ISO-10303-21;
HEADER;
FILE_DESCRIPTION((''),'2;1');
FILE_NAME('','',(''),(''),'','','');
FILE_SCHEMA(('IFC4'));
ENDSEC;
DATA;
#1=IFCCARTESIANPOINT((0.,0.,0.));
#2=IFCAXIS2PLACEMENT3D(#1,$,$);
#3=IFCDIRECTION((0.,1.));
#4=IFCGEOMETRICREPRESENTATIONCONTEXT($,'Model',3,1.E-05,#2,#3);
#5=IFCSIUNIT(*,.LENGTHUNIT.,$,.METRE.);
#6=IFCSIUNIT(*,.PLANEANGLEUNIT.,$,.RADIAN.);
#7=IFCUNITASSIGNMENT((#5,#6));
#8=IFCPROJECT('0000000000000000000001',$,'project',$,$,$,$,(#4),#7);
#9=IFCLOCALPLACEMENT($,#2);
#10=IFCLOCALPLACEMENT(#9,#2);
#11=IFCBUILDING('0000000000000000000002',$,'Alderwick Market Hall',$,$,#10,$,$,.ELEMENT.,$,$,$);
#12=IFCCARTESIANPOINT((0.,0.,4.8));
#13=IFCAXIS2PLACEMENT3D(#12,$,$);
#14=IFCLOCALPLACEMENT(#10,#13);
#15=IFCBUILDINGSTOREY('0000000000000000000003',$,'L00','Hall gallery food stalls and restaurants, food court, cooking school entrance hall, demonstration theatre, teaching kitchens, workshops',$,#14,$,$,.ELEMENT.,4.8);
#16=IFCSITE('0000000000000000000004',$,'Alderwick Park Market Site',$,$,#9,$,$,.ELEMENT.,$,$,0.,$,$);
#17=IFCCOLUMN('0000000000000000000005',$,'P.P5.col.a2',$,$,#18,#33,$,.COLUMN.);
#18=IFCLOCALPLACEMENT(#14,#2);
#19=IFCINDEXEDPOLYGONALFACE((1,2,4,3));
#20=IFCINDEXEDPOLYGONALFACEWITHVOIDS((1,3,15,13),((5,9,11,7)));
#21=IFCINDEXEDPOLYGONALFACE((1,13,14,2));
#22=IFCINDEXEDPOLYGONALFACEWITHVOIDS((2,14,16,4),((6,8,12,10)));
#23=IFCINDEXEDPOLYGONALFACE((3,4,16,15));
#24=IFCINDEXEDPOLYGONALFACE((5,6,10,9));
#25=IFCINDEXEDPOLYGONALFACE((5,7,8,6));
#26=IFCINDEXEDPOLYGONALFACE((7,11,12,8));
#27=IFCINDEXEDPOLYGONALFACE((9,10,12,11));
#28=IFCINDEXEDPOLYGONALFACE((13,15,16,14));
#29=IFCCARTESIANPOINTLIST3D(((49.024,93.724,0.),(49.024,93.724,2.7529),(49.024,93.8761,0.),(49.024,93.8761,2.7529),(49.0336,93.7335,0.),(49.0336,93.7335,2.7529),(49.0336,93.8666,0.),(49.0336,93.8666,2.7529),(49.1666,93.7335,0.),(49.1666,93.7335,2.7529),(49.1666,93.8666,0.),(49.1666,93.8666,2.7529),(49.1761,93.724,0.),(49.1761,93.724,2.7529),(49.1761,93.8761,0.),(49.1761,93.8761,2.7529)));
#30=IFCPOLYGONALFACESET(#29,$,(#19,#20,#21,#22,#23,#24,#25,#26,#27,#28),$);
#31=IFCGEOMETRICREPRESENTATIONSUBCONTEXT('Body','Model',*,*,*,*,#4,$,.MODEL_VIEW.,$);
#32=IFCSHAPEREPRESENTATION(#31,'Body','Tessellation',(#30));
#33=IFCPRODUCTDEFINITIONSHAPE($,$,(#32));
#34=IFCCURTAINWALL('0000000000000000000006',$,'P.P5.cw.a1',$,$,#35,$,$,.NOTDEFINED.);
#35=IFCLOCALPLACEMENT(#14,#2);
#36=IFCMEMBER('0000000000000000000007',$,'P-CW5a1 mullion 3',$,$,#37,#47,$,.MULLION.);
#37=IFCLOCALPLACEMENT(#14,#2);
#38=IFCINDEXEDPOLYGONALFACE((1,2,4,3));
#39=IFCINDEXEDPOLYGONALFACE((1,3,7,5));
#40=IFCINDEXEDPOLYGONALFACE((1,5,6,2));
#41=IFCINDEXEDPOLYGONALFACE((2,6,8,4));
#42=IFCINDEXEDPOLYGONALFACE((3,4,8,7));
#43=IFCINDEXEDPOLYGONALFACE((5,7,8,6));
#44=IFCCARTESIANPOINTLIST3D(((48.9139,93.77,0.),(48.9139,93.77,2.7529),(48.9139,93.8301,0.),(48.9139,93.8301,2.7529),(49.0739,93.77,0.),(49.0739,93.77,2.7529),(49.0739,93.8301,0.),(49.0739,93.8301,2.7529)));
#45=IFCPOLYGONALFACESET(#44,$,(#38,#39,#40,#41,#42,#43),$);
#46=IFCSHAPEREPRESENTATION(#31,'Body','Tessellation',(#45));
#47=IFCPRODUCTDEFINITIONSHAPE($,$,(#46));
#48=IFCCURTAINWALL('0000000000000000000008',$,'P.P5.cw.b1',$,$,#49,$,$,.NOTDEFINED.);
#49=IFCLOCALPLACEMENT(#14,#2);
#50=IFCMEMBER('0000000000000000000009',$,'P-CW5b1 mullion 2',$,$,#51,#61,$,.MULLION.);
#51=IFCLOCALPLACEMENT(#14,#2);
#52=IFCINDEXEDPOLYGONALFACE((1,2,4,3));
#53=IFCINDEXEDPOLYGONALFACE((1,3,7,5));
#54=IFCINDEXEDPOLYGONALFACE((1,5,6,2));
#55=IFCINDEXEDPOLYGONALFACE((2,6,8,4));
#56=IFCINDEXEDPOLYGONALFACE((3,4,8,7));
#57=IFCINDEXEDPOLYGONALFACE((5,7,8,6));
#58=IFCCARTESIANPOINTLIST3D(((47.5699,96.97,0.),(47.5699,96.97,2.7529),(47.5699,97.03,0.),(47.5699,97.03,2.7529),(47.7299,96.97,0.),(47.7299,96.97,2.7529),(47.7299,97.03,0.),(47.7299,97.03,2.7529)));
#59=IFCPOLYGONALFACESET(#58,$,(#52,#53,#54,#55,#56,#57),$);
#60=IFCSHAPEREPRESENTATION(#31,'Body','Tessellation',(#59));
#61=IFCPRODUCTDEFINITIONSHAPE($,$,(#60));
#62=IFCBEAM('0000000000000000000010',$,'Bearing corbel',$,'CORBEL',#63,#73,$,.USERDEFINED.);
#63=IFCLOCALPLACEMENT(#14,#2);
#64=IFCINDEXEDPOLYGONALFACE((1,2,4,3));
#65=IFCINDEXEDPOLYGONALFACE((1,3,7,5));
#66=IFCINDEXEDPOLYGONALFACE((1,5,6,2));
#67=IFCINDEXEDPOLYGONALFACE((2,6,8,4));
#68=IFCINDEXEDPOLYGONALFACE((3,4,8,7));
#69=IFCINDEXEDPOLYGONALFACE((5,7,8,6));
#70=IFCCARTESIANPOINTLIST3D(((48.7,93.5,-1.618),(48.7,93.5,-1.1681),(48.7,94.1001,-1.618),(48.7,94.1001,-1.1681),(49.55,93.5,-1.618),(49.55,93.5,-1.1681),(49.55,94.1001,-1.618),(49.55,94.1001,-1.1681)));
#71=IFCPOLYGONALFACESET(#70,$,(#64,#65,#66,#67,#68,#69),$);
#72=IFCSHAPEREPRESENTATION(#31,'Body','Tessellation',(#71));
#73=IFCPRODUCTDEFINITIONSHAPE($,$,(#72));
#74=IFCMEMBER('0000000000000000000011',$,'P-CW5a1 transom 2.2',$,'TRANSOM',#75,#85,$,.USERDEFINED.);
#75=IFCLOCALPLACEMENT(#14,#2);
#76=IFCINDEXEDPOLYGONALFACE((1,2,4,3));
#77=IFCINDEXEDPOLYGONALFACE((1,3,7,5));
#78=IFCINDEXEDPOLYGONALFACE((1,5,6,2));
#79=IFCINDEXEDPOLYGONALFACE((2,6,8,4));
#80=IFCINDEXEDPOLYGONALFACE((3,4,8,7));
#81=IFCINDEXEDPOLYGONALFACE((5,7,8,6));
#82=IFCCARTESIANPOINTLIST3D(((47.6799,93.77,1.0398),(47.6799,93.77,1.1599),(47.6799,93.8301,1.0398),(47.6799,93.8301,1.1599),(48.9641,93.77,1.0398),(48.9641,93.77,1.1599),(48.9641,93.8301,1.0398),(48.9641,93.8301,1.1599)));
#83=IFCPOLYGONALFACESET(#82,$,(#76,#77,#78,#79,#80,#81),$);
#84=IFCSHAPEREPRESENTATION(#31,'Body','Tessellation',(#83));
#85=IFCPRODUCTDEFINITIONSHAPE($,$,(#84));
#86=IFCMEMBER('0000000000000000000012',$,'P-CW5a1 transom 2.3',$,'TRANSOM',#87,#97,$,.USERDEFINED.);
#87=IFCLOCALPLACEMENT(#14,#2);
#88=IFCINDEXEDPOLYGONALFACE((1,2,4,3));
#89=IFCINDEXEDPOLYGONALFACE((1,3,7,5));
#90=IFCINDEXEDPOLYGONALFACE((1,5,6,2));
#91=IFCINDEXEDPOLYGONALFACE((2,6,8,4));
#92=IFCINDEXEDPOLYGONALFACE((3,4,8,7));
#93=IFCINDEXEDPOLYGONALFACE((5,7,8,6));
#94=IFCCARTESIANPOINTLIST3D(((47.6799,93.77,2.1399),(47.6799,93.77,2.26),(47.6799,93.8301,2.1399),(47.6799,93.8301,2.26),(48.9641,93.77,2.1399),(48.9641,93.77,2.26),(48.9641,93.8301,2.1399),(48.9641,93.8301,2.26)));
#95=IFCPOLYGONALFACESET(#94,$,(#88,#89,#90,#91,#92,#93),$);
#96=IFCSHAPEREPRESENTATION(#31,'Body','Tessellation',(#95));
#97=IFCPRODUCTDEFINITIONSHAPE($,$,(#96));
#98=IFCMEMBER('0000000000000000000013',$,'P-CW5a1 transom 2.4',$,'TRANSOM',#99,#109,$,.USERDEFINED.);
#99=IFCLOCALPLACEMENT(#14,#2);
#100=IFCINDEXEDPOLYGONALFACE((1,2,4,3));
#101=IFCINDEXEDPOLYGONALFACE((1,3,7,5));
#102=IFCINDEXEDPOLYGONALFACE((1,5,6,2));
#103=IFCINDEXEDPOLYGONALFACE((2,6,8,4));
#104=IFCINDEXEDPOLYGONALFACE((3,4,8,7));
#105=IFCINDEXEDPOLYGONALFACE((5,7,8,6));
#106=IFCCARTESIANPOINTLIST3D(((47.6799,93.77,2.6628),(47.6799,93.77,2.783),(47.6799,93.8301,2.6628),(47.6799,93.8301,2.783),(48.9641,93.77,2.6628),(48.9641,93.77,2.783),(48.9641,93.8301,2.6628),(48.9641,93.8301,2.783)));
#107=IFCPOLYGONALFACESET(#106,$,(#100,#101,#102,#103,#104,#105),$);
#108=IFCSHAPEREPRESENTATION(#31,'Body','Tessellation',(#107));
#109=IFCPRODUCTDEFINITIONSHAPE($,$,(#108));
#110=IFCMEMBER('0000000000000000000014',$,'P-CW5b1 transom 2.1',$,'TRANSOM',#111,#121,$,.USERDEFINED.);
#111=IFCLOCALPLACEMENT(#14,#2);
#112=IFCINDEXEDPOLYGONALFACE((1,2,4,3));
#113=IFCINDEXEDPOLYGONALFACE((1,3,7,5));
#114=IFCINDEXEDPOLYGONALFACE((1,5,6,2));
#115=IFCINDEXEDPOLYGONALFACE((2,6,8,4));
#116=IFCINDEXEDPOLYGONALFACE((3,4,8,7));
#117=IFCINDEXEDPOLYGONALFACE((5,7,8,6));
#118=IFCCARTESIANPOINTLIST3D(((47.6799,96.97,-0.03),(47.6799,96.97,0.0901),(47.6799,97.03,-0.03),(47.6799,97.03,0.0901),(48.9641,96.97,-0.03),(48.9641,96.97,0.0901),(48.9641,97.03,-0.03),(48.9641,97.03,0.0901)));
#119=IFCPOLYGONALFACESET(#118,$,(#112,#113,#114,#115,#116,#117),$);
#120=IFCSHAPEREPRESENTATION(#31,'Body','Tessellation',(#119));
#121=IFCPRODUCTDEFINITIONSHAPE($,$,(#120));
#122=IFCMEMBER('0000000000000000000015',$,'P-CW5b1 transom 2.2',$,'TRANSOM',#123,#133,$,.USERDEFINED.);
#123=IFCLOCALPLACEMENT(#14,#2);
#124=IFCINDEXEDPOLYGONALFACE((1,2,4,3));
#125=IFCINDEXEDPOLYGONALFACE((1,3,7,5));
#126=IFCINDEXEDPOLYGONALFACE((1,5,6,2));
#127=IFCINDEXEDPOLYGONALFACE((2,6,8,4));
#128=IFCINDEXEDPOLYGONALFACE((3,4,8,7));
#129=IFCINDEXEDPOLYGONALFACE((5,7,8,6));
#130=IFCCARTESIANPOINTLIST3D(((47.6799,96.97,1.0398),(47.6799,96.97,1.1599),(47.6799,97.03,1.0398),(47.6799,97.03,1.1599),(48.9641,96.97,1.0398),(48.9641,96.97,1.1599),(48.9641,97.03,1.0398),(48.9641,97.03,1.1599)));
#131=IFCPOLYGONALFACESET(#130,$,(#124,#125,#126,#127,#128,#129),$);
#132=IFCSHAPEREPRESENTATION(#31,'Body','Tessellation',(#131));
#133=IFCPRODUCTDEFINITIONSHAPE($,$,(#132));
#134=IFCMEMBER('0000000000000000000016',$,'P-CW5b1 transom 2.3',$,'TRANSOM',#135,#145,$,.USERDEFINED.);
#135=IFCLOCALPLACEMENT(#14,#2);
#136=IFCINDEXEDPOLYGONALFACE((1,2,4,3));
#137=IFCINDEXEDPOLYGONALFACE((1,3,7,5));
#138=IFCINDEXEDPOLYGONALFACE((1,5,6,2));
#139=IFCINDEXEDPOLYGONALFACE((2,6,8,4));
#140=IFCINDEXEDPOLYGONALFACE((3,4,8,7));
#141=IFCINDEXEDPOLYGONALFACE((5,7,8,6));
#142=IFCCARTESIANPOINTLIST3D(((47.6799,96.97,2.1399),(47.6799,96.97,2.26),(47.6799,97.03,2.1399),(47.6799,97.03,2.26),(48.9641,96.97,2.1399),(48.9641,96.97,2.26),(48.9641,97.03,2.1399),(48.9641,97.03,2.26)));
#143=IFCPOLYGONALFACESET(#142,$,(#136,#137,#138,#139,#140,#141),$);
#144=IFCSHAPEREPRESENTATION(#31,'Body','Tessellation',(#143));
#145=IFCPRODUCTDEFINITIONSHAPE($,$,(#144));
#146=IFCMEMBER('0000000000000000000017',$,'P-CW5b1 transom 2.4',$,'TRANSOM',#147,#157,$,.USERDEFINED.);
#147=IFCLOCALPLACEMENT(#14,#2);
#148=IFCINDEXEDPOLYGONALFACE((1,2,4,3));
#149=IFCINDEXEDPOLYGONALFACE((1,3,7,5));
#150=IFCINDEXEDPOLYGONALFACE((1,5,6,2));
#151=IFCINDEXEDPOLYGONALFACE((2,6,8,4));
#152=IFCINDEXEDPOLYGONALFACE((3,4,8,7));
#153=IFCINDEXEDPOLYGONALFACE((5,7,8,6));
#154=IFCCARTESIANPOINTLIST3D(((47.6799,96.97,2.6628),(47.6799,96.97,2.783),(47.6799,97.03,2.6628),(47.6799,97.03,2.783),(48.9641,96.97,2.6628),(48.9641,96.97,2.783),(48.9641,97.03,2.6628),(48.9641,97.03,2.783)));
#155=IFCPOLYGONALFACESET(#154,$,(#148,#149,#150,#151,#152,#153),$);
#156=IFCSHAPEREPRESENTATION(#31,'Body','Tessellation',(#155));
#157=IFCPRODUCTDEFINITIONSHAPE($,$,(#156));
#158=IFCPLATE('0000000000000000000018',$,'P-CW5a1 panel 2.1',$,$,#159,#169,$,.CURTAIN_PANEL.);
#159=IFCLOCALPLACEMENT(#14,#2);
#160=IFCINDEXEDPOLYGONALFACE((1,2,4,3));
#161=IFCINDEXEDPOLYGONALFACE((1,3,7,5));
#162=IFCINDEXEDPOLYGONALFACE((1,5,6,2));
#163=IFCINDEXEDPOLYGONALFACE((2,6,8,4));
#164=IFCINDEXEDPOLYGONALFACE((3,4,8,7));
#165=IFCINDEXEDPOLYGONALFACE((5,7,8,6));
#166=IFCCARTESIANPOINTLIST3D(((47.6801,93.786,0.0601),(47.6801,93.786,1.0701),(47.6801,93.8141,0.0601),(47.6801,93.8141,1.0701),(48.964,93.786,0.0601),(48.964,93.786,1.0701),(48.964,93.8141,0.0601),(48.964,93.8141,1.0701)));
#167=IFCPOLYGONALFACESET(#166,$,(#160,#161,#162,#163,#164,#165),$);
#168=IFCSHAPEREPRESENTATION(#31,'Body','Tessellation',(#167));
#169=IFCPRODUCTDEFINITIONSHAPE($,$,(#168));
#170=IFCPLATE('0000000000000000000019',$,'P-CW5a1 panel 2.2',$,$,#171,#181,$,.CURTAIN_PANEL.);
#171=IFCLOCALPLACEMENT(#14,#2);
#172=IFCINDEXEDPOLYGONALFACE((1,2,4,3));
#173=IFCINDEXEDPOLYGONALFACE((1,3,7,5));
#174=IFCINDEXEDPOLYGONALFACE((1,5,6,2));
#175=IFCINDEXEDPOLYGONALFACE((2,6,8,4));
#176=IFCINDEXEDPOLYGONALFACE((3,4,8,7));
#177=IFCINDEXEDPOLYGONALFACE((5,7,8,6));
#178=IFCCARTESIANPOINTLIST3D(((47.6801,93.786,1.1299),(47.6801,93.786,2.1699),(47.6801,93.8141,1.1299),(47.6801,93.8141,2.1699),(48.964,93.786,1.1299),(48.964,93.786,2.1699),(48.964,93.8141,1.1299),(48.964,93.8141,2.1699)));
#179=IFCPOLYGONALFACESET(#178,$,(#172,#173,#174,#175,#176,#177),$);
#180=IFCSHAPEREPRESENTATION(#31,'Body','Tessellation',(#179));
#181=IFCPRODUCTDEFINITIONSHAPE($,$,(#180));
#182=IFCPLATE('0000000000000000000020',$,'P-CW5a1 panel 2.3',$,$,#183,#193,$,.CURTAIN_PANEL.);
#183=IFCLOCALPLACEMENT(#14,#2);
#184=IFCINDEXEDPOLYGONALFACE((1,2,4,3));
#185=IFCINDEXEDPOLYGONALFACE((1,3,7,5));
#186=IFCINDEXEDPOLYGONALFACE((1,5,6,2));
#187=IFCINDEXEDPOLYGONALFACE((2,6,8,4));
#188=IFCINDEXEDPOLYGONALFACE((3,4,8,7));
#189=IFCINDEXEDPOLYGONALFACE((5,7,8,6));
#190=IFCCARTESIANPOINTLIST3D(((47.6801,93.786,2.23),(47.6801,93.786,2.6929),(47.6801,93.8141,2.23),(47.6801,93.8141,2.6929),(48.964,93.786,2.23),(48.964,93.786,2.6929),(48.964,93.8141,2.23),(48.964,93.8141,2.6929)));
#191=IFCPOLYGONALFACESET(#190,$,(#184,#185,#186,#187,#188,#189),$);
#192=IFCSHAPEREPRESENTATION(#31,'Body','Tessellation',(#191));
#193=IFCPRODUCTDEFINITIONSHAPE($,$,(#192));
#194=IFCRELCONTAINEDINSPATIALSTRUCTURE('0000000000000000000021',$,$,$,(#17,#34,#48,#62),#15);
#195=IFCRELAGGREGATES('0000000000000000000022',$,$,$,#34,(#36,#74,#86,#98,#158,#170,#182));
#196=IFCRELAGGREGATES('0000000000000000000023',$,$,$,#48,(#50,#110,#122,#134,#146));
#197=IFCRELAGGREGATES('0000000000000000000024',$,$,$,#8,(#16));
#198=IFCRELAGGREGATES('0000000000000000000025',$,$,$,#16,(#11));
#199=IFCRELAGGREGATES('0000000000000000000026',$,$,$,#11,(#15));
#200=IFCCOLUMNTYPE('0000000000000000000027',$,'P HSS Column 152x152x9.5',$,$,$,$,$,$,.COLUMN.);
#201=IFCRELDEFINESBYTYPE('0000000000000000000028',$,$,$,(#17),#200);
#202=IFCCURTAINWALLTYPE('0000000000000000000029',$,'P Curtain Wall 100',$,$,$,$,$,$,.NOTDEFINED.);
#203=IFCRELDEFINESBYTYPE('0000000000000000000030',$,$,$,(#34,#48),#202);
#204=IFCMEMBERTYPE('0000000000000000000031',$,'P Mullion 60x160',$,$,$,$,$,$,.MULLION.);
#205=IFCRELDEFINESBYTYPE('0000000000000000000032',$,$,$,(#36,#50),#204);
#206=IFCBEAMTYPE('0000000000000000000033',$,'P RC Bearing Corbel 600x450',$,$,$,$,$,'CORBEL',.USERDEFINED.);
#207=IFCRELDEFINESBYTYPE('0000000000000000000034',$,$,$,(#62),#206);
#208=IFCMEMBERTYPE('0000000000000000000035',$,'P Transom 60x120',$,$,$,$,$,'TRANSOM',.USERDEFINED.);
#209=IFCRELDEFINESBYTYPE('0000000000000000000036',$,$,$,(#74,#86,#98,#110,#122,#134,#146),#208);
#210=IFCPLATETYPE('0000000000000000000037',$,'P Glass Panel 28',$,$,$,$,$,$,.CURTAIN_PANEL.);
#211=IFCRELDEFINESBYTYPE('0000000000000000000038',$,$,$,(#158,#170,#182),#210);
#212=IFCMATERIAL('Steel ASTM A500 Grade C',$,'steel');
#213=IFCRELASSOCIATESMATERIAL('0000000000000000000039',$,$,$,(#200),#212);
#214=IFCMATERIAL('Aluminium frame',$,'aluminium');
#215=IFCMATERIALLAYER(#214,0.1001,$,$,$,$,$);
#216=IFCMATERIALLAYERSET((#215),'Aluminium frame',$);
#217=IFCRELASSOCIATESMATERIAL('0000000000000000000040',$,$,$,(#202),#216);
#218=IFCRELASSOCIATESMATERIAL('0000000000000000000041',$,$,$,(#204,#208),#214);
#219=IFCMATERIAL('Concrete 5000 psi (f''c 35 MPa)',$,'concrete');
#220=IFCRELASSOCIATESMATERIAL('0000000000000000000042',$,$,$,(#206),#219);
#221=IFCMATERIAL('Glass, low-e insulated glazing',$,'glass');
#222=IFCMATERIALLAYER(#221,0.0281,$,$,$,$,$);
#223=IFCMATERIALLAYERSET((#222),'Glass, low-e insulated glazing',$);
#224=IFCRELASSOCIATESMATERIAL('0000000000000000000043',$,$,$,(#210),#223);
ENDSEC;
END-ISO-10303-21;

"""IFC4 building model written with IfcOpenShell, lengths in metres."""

from ifc_helpers import new_model, si_unit, direction, frame, origin, origin_2d, place, context, subcontext, project, spatial, rectangle, hollow_rectangle, extrude, material, layer, layer_set, material_profile, profile_set, type_object, element, aggregate, save


model = new_model("IFC4")

# Units and contexts
model_context = context("Model", 3, precision=1e-05, world=origin(), true_north=direction((0.0, 1.0)))
body_context = subcontext(model_context, "Body", "Model", "MODEL_VIEW")
ifc_project = project(units=[si_unit("LENGTHUNIT", "METRE"), si_unit("PLANEANGLEUNIT", "RADIAN")], contexts=[model_context])

# Site, building, storey
site_placement = place(None, origin())
site = spatial("IfcSite", under=ifc_project, at=site_placement, Name="Alderwick Park Market Site", CompositionType="ELEMENT", RefElevation=0.0)
building_placement = place(site_placement, origin())
building = spatial("IfcBuilding", under=site, at=building_placement, Name="Alderwick Market Hall", CompositionType="ELEMENT")
storey_placement = place(building_placement, frame((0.0, 0.0, 4.8)))
storey = spatial("IfcBuildingStorey", under=building, at=storey_placement, Name="L00", Description="Hall gallery food stalls and restaurants, food court, cooking school entrance hall, demonstration theatre, teaching kitchens, workshops", CompositionType="ELEMENT", Elevation=4.8)

# Column
ifc_material_1 = material(Name="Steel ASTM A500 Grade C", Category="steel")
ifc_material_profile_1 = material_profile(ifc_material_1, hollow_rectangle(XDim=0.1521, YDim=0.1521, WallThickness=0.0095, at=origin_2d()), Name="HSS152x152x9.5")
ifc_profile_set_1 = profile_set([ifc_material_profile_1], Name="Steel ASTM A500 Grade C")
column_type = type_object("IfcColumnType", Name="P HSS Column 152x152x9.5", PredefinedType="COLUMN", material=ifc_profile_set_1)
column_placement = place(storey_placement, frame((49.1001, 93.8, 0.0), z_axis=(0.0, 0.0, 1.0), x_axis=(1.0, 0.0, 0.0)))
element("IfcColumn", 1, at=column_placement, inside=storey, type_object=column_type, Name="P.P5.col.a2", PredefinedType="COLUMN", context=body_context, shape_type="SweptSolid", body=[
    extrude(hollow_rectangle(XDim=0.1521, YDim=0.1521, WallThickness=0.0095, at=origin_2d()), origin(), (0.0, 0.0, 1.0), 2.7529),
])

# Curtain walls, members
ifc_material_2 = material(Name="Aluminium frame", Category="aluminium")
ifc_layer_1 = layer(ifc_material_2, 0.1001)
ifc_layer_set_1 = layer_set([ifc_layer_1], Name="Aluminium frame")
curtain_wall_type = type_object("IfcCurtainWallType", Name="P Curtain Wall 100", PredefinedType="NOTDEFINED", material=ifc_layer_set_1)
curtain_wall_1_placement = place(storey_placement, origin())
curtain_wall_1 = element("IfcCurtainWall", 2, at=curtain_wall_1_placement, inside=storey, type_object=curtain_wall_type, Name="P.P5.cw.a1", PredefinedType="NOTDEFINED")
ifc_material_profile_2 = material_profile(ifc_material_2, rectangle(XDim=0.0601, YDim=0.1599, at=origin_2d()), Name="P Mullion 60x160")
ifc_profile_set_2 = profile_set([ifc_material_profile_2], Name="Aluminium frame")
member_type_1 = type_object("IfcMemberType", Name="P Mullion 60x160", PredefinedType="MULLION", material=ifc_profile_set_2)
member_1_placement = place(storey_placement, frame((48.9939, 93.8, 0.0), z_axis=(0.0, 0.0, 1.0), x_axis=(0.0, 1.0, 0.0)))
member_1 = element("IfcMember", 3, at=member_1_placement, type_object=member_type_1, Name="P-CW5a1 mullion 3", PredefinedType="MULLION", context=body_context, shape_type="SweptSolid", body=[
    extrude(rectangle(XDim=0.0601, YDim=0.1599, at=origin_2d()), origin(), (0.0, 0.0, 1.0), 2.7529),
])
curtain_wall_2_placement = place(storey_placement, origin())
curtain_wall_2 = element("IfcCurtainWall", 4, at=curtain_wall_2_placement, inside=storey, type_object=curtain_wall_type, Name="P.P5.cw.b1", PredefinedType="NOTDEFINED")
member_2_placement = place(storey_placement, frame((47.6499, 97.0, 0.0), z_axis=(0.0, 0.0, 1.0), x_axis=(0.0, 1.0, 0.0)))
member_2 = element("IfcMember", 5, at=member_2_placement, type_object=member_type_1, Name="P-CW5b1 mullion 2", PredefinedType="MULLION", context=body_context, shape_type="SweptSolid", body=[
    extrude(rectangle(XDim=0.0601, YDim=0.1599, at=origin_2d()), origin(), (0.0, 0.0, 1.0), 2.7529),
])

# Beam
ifc_material_3 = material(Name="Concrete 5000 psi (f'c 35 MPa)", Category="concrete")
ifc_material_profile_3 = material_profile(ifc_material_3, rectangle(XDim=0.6001, YDim=0.45, at=origin_2d()), Name="P RC Bearing Corbel 600x450")
ifc_profile_set_3 = profile_set([ifc_material_profile_3], Name="Concrete 5000 psi (f'c 35 MPa)")
beam_type = type_object("IfcBeamType", Name="P RC Bearing Corbel 600x450", ElementType="CORBEL", PredefinedType="USERDEFINED", material=ifc_profile_set_3)
beam_placement = place(storey_placement, frame((48.7, 93.8, -1.3931), z_axis=(1.0, 0.0, 0.0), x_axis=(0.0, 1.0, 0.0)))
element("IfcBeam", 6, at=beam_placement, inside=storey, type_object=beam_type, Name="Bearing corbel", ObjectType="CORBEL", PredefinedType="USERDEFINED", context=body_context, shape_type="SweptSolid", body=[
    extrude(rectangle(XDim=0.6001, YDim=0.45, at=origin_2d()), origin(), (0.0, 0.0, 1.0), 0.8501),
])

# Members
ifc_material_profile_4 = material_profile(ifc_material_2, rectangle(XDim=0.0601, YDim=0.1201, at=origin_2d()), Name="P Transom 60x120")
ifc_profile_set_4 = profile_set([ifc_material_profile_4], Name="Aluminium frame")
member_type_2 = type_object("IfcMemberType", Name="P Transom 60x120", ElementType="TRANSOM", PredefinedType="USERDEFINED", material=ifc_profile_set_4)
member_3_placement = place(storey_placement, frame((47.6799, 93.8, 1.0999), z_axis=(1.0, 0.0, 0.0), x_axis=(0.0, 1.0, 0.0)))
member_3 = element("IfcMember", 7, at=member_3_placement, type_object=member_type_2, Name="P-CW5a1 transom 2.2", ObjectType="TRANSOM", PredefinedType="USERDEFINED", context=body_context, shape_type="SweptSolid", body=[
    extrude(rectangle(XDim=0.0601, YDim=0.1201, at=origin_2d()), origin(), (0.0, 0.0, 1.0), 1.2842),
])
member_4_placement = place(storey_placement, frame((47.6799, 93.8, 2.2), z_axis=(1.0, 0.0, 0.0), x_axis=(0.0, 1.0, 0.0)))
member_4 = element("IfcMember", 8, at=member_4_placement, type_object=member_type_2, Name="P-CW5a1 transom 2.3", ObjectType="TRANSOM", PredefinedType="USERDEFINED", context=body_context, shape_type="SweptSolid", body=[
    extrude(rectangle(XDim=0.0601, YDim=0.1201, at=origin_2d()), origin(), (0.0, 0.0, 1.0), 1.2842),
])
member_5_placement = place(storey_placement, frame((47.6799, 93.8, 2.7229), z_axis=(1.0, 0.0, 0.0), x_axis=(0.0, 1.0, 0.0)))
member_5 = element("IfcMember", 9, at=member_5_placement, type_object=member_type_2, Name="P-CW5a1 transom 2.4", ObjectType="TRANSOM", PredefinedType="USERDEFINED", context=body_context, shape_type="SweptSolid", body=[
    extrude(rectangle(XDim=0.0601, YDim=0.1201, at=origin_2d()), origin(), (0.0, 0.0, 1.0), 1.2842),
])
member_6_placement = place(storey_placement, frame((47.6799, 97.0, 0.03), z_axis=(1.0, 0.0, 0.0), x_axis=(0.0, 1.0, 0.0)))
member_6 = element("IfcMember", 10, at=member_6_placement, type_object=member_type_2, Name="P-CW5b1 transom 2.1", ObjectType="TRANSOM", PredefinedType="USERDEFINED", context=body_context, shape_type="SweptSolid", body=[
    extrude(rectangle(XDim=0.0601, YDim=0.1201, at=origin_2d()), origin(), (0.0, 0.0, 1.0), 1.2842),
])
member_7_placement = place(storey_placement, frame((47.6799, 97.0, 1.0999), z_axis=(1.0, 0.0, 0.0), x_axis=(0.0, 1.0, 0.0)))
member_7 = element("IfcMember", 11, at=member_7_placement, type_object=member_type_2, Name="P-CW5b1 transom 2.2", ObjectType="TRANSOM", PredefinedType="USERDEFINED", context=body_context, shape_type="SweptSolid", body=[
    extrude(rectangle(XDim=0.0601, YDim=0.1201, at=origin_2d()), origin(), (0.0, 0.0, 1.0), 1.2842),
])
member_8_placement = place(storey_placement, frame((47.6799, 97.0, 2.2), z_axis=(1.0, 0.0, 0.0), x_axis=(0.0, 1.0, 0.0)))
member_8 = element("IfcMember", 12, at=member_8_placement, type_object=member_type_2, Name="P-CW5b1 transom 2.3", ObjectType="TRANSOM", PredefinedType="USERDEFINED", context=body_context, shape_type="SweptSolid", body=[
    extrude(rectangle(XDim=0.0601, YDim=0.1201, at=origin_2d()), origin(), (0.0, 0.0, 1.0), 1.2842),
])
member_9_placement = place(storey_placement, frame((47.6799, 97.0, 2.7229), z_axis=(1.0, 0.0, 0.0), x_axis=(0.0, 1.0, 0.0)))
member_9 = element("IfcMember", 13, at=member_9_placement, type_object=member_type_2, Name="P-CW5b1 transom 2.4", ObjectType="TRANSOM", PredefinedType="USERDEFINED", context=body_context, shape_type="SweptSolid", body=[
    extrude(rectangle(XDim=0.0601, YDim=0.1201, at=origin_2d()), origin(), (0.0, 0.0, 1.0), 1.2842),
])

# Plates
ifc_material_4 = material(Name="Glass, low-e insulated glazing", Category="glass")
ifc_layer_2 = layer(ifc_material_4, 0.0281)
ifc_layer_set_2 = layer_set([ifc_layer_2], Name="Glass, low-e insulated glazing")
plate_type_1 = type_object("IfcPlateType", Name="P Glass Panel 28", PredefinedType="CURTAIN_PANEL", material=ifc_layer_set_2)
plate_1_placement = place(storey_placement, frame((48.322, 93.8, 0.0601), z_axis=(0.0, 0.0, 1.0), x_axis=(1.0, 0.0, 0.0)))
plate_1 = element("IfcPlate", 14, at=plate_1_placement, type_object=plate_type_1, Name="P-CW5a1 panel 2.1", PredefinedType="CURTAIN_PANEL", context=body_context, shape_type="SweptSolid", body=[
    extrude(rectangle(XDim=1.2839, YDim=0.0281, at=origin_2d()), origin(), (0.0, 0.0, 1.0), 1.01),
])
plate_2_placement = place(storey_placement, frame((48.322, 93.8, 1.1299), z_axis=(0.0, 0.0, 1.0), x_axis=(1.0, 0.0, 0.0)))
plate_2 = element("IfcPlate", 15, at=plate_2_placement, type_object=plate_type_1, Name="P-CW5a1 panel 2.2", PredefinedType="CURTAIN_PANEL", context=body_context, shape_type="SweptSolid", body=[
    extrude(rectangle(XDim=1.2839, YDim=0.0281, at=origin_2d()), origin(), (0.0, 0.0, 1.0), 1.04),
])
plate_3_placement = place(storey_placement, frame((48.322, 93.8, 2.23), z_axis=(0.0, 0.0, 1.0), x_axis=(1.0, 0.0, 0.0)))
plate_3 = element("IfcPlate", 16, at=plate_3_placement, type_object=plate_type_1, Name="P-CW5a1 panel 2.3", PredefinedType="CURTAIN_PANEL", context=body_context, shape_type="SweptSolid", body=[
    extrude(rectangle(XDim=1.2839, YDim=0.0281, at=origin_2d()), origin(), (0.0, 0.0, 1.0), 0.4629),
])
aggregate(curtain_wall_1, [member_1, member_3, member_4, member_5, plate_1, plate_2, plate_3])
aggregate(curtain_wall_2, [member_2, member_6, member_7, member_8, member_9])

save(model, "model.ifc")
